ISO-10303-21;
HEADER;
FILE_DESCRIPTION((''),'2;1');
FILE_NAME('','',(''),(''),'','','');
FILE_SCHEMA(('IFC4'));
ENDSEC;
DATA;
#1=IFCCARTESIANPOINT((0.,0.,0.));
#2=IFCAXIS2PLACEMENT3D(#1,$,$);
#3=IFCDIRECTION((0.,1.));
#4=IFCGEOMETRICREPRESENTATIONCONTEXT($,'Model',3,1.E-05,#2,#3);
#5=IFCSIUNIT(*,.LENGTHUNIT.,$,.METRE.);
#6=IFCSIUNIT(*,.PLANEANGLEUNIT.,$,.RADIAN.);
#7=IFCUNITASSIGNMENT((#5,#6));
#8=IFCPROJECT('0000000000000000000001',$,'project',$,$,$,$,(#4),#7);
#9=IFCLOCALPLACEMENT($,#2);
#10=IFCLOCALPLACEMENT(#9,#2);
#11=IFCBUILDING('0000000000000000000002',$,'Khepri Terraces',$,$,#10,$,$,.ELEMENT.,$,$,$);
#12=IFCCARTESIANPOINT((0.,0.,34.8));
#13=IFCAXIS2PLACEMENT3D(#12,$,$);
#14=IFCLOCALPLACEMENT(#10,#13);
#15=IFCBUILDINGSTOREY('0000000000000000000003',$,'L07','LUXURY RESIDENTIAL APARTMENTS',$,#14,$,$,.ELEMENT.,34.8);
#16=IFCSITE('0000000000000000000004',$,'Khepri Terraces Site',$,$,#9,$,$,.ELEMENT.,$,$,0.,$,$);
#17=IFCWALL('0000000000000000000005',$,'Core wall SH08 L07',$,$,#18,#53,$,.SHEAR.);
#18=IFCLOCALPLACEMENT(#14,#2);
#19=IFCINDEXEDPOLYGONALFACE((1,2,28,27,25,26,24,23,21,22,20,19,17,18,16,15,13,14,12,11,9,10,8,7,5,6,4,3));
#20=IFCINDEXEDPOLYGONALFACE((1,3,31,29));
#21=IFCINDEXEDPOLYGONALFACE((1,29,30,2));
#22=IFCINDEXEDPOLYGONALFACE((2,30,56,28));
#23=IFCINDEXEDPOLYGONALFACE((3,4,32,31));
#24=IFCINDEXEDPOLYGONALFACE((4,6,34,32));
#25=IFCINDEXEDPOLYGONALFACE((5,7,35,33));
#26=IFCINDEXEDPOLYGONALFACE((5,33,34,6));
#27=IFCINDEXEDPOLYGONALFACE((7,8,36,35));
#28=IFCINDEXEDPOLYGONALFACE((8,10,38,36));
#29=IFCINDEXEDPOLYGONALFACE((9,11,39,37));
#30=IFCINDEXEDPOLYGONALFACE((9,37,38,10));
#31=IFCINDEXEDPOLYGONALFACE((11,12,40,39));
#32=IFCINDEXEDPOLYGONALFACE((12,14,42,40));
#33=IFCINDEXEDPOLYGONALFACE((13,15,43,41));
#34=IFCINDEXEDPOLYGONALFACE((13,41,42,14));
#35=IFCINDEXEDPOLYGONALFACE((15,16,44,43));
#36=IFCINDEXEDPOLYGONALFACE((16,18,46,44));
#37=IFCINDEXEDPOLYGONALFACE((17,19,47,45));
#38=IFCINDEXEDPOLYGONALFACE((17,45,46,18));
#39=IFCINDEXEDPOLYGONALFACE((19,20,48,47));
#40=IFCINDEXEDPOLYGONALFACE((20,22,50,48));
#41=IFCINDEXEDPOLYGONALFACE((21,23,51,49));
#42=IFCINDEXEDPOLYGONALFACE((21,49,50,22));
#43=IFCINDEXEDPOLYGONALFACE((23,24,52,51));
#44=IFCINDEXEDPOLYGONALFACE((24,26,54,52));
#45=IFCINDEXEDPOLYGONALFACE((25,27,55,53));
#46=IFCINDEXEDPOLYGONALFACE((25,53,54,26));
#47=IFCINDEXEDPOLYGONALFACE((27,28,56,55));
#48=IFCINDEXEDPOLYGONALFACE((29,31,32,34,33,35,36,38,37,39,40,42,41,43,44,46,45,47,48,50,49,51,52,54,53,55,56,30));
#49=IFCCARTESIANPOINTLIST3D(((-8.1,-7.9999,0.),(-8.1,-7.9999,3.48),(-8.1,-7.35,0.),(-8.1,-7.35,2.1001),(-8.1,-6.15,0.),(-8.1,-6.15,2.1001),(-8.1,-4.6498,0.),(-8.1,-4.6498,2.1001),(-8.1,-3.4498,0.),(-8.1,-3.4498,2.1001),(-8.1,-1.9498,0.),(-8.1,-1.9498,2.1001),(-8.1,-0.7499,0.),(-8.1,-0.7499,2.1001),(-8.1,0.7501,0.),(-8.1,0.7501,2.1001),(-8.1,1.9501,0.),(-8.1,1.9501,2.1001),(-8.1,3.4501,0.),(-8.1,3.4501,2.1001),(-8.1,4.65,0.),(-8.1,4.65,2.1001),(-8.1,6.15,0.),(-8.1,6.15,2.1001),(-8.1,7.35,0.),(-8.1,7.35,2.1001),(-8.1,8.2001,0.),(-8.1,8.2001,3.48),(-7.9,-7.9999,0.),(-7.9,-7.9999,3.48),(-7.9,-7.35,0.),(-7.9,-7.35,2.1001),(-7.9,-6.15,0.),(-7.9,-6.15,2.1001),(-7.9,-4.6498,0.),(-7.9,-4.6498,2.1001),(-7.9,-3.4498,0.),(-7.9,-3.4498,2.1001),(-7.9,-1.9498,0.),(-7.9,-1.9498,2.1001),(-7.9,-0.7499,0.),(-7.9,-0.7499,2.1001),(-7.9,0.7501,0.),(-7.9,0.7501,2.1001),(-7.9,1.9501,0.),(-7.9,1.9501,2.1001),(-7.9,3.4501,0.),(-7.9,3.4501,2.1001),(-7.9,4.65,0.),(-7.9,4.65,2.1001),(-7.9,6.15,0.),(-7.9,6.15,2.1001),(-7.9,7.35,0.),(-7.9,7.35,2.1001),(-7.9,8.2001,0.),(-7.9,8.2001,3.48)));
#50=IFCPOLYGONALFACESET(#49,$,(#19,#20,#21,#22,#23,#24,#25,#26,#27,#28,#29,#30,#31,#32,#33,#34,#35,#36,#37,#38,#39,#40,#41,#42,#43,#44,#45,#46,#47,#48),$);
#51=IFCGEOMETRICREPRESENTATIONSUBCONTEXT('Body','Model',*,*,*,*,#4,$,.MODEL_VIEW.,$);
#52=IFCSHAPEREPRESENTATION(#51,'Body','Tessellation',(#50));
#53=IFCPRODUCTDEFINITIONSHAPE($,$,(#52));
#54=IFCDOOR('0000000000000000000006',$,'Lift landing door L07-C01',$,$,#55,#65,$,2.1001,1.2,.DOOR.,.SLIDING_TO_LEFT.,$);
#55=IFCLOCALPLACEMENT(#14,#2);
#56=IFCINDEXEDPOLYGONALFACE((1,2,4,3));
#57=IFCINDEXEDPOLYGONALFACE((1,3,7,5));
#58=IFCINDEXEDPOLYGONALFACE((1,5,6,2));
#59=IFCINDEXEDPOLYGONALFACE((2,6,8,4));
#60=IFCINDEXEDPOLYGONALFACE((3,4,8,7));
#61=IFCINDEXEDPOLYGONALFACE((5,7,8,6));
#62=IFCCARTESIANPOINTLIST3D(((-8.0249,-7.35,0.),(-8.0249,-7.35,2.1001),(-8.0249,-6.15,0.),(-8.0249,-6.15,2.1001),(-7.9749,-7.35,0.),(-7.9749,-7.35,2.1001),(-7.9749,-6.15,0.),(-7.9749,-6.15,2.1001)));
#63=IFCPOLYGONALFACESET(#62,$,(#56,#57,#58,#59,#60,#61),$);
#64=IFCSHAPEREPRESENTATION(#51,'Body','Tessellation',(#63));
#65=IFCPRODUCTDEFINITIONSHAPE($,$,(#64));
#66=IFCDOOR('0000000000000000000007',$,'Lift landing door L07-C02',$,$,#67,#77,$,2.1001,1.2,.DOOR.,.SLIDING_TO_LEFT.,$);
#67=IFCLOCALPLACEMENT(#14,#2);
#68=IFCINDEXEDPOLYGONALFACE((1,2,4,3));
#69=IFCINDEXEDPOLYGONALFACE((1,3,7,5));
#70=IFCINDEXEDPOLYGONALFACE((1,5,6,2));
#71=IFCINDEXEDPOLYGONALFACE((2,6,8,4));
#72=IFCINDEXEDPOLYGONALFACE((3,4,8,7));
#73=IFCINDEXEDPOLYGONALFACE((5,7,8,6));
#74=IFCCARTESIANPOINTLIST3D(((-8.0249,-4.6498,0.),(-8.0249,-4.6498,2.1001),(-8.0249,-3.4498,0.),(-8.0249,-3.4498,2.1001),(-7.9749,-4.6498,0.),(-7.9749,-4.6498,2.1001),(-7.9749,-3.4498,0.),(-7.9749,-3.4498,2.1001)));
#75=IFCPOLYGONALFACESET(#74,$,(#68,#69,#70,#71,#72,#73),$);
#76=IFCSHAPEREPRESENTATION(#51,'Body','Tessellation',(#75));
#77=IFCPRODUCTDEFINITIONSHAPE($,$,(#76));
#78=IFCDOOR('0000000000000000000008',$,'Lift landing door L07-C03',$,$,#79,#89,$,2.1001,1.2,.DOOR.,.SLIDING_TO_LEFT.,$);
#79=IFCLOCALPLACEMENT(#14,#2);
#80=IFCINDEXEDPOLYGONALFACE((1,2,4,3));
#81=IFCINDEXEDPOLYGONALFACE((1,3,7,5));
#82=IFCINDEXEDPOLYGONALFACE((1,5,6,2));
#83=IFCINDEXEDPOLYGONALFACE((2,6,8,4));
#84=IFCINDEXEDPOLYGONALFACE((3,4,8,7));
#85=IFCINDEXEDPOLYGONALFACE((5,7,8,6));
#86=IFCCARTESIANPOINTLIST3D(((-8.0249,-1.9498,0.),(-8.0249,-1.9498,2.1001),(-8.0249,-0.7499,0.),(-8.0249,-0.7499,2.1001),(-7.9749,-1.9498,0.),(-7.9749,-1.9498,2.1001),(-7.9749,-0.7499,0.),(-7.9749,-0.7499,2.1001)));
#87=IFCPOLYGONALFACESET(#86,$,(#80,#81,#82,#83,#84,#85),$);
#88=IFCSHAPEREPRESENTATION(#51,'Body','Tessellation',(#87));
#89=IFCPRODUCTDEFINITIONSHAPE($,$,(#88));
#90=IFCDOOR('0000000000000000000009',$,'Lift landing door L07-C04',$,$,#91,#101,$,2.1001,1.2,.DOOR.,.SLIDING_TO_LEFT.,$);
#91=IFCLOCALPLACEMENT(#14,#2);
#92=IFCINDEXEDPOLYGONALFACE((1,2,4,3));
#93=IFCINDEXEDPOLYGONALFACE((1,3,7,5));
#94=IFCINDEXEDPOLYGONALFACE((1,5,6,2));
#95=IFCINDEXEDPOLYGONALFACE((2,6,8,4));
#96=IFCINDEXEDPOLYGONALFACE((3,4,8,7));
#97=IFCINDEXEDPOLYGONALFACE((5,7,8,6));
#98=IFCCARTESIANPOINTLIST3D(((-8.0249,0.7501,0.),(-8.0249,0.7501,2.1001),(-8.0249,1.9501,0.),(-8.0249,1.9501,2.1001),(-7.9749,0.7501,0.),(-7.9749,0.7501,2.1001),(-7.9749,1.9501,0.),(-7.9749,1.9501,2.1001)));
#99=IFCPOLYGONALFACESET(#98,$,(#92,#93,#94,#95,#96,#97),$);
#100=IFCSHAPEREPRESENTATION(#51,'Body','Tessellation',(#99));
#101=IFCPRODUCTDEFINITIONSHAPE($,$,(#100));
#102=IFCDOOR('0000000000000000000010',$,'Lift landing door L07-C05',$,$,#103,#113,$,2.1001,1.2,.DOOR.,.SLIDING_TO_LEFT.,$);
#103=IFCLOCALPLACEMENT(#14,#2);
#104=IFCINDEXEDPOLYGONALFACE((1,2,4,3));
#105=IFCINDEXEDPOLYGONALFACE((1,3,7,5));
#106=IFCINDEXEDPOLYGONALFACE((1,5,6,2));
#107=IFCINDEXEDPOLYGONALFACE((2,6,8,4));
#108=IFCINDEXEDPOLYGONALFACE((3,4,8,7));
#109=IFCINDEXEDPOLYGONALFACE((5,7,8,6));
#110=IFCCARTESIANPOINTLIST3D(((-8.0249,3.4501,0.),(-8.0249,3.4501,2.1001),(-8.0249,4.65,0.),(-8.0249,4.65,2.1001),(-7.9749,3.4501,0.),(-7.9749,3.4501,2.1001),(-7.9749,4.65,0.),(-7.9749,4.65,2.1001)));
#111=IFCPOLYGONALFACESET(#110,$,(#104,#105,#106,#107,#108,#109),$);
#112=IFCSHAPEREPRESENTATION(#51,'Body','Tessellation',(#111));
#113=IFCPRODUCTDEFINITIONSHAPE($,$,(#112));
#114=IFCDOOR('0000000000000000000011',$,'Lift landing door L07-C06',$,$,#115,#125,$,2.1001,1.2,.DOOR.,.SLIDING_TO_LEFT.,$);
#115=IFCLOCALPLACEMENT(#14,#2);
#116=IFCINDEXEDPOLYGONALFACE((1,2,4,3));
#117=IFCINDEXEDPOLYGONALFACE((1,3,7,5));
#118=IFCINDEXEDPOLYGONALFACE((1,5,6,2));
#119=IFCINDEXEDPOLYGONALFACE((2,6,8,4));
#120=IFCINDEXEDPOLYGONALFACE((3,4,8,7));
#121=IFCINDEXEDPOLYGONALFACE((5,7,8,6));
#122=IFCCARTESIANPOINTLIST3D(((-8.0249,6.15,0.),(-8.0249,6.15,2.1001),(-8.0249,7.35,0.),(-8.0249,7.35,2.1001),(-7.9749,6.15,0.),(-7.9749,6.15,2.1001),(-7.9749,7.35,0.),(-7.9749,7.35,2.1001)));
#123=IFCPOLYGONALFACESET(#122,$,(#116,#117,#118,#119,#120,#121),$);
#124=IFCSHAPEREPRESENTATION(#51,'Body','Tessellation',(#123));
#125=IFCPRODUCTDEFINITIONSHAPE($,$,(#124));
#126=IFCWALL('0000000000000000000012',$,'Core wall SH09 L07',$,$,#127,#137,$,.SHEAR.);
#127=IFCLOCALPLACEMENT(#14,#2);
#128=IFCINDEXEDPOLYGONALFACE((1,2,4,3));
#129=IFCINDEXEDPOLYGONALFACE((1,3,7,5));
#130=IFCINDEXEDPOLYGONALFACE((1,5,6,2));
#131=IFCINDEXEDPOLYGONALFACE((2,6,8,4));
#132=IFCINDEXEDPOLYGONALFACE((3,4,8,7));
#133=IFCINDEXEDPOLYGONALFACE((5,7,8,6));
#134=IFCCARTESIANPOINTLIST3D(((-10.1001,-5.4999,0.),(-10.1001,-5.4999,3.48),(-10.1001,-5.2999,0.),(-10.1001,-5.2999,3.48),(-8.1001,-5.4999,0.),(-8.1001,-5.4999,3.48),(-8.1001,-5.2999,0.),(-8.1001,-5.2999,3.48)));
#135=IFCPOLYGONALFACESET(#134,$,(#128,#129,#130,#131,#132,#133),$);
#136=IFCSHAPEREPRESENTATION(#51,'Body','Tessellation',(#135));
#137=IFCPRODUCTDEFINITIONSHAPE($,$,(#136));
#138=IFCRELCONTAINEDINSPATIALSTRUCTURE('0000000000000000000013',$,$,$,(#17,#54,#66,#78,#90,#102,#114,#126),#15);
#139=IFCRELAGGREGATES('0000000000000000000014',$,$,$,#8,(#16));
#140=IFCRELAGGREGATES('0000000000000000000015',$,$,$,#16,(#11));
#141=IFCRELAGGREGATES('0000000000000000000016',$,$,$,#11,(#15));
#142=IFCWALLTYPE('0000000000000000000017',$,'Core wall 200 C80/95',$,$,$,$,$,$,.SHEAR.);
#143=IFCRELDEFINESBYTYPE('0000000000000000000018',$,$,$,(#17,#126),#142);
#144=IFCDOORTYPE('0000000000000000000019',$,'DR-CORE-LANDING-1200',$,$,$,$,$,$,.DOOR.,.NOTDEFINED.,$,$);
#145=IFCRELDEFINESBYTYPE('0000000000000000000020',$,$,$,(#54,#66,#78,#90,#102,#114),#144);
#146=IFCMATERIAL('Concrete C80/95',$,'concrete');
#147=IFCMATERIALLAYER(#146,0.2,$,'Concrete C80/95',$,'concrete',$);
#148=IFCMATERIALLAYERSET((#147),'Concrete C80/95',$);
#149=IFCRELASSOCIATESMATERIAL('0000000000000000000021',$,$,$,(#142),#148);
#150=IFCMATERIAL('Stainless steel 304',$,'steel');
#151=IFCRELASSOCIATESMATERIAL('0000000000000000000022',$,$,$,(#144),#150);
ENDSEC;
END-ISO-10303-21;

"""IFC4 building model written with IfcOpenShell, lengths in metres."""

from ifc_helpers import new_model, si_unit, direction, frame, frame_2d, origin, place, context, subcontext, project, spatial, rectangle, extrude, material, layer, layer_set, type_object, element, fill, save


model = new_model("IFC4")

# Units and contexts
model_context = context("Model", 3, precision=1e-05, world=origin(), true_north=direction((0.0, 1.0)))
body_context = subcontext(model_context, "Body", "Model", "MODEL_VIEW")
ifc_project = project(units=[si_unit("LENGTHUNIT", "METRE"), si_unit("PLANEANGLEUNIT", "RADIAN")], contexts=[model_context])

# Site, building, storey
site_placement = place(None, origin())
site = spatial("IfcSite", under=ifc_project, at=site_placement, Name="Khepri Terraces Site", CompositionType="ELEMENT", RefElevation=0.0)
building_placement = place(site_placement, origin())
building = spatial("IfcBuilding", under=site, at=building_placement, Name="Khepri Terraces", CompositionType="ELEMENT")
storey_placement = place(building_placement, frame((0.0, 0.0, 34.8)))
storey = spatial("IfcBuildingStorey", under=building, at=storey_placement, Name="L07", Description="LUXURY RESIDENTIAL APARTMENTS", CompositionType="ELEMENT", Elevation=34.8)

# Shared definitions
ifc_material_1 = material(Name="Concrete C80/95", Category="concrete")
ifc_layer_1 = layer(ifc_material_1, 0.2, Name="Concrete C80/95", Category="concrete")
ifc_layer_set_1 = layer_set([ifc_layer_1], Name="Concrete C80/95")
wall_type_1 = type_object("IfcWallType", Name="Core wall 200 C80/95", PredefinedType="SHEAR", material=ifc_layer_set_1)

# Wall, openings, doors
wall_1_placement = place(storey_placement, frame((-8.0, -8.0, 0.0), z_axis=(0.0, 0.0, 1.0), x_axis=(0.0, 1.0, 0.0)))
wall_1 = element("IfcWall", 1, at=wall_1_placement, inside=storey, type_object=wall_type_1, Name="Core wall SH08 L07", PredefinedType="SHEAR", context=body_context, shape_type="SweptSolid", body=[
    extrude(rectangle(XDim=16.2, YDim=0.2, at=frame_2d((8.1001, 0.0))), origin(), (0.0, 0.0, 1.0), 3.48),
])
opening_1_placement = place(wall_1_placement, frame((0.6499, 0.0, 0.0)))
opening_1 = element("IfcOpeningElement", 2, at=opening_1_placement, cuts=wall_1, PredefinedType="OPENING", context=body_context, shape_type="SweptSolid", body=[
    extrude(rectangle(XDim=1.2, YDim=2.1001, at=frame_2d((0.6001, 1.05))), frame((0.0, 0.1099, 0.0), z_axis=(0.0, -1.0, 0.0), x_axis=(1.0, 0.0, 0.0)), (0.0, 0.0, 1.0), 0.22),
])
opening_2_placement = place(wall_1_placement, frame((3.3501, 0.0, 0.0)))
opening_2 = element("IfcOpeningElement", 3, at=opening_2_placement, cuts=wall_1, PredefinedType="OPENING", context=body_context, shape_type="SweptSolid", body=[
    extrude(rectangle(XDim=1.2, YDim=2.1001, at=frame_2d((0.6001, 1.05))), frame((0.0, 0.1099, 0.0), z_axis=(0.0, -1.0, 0.0), x_axis=(1.0, 0.0, 0.0)), (0.0, 0.0, 1.0), 0.22),
])
opening_3_placement = place(wall_1_placement, frame((6.05, 0.0, 0.0)))
opening_3 = element("IfcOpeningElement", 4, at=opening_3_placement, cuts=wall_1, PredefinedType="OPENING", context=body_context, shape_type="SweptSolid", body=[
    extrude(rectangle(XDim=1.2, YDim=2.1001, at=frame_2d((0.6001, 1.05))), frame((0.0, 0.1099, 0.0), z_axis=(0.0, -1.0, 0.0), x_axis=(1.0, 0.0, 0.0)), (0.0, 0.0, 1.0), 0.22),
])
opening_4_placement = place(wall_1_placement, frame((8.75, 0.0, 0.0)))
opening_4 = element("IfcOpeningElement", 5, at=opening_4_placement, cuts=wall_1, PredefinedType="OPENING", context=body_context, shape_type="SweptSolid", body=[
    extrude(rectangle(XDim=1.2, YDim=2.1001, at=frame_2d((0.6001, 1.05))), frame((0.0, 0.1099, 0.0), z_axis=(0.0, -1.0, 0.0), x_axis=(1.0, 0.0, 0.0)), (0.0, 0.0, 1.0), 0.22),
])
opening_5_placement = place(wall_1_placement, frame((11.45, 0.0, 0.0)))
opening_5 = element("IfcOpeningElement", 6, at=opening_5_placement, cuts=wall_1, PredefinedType="OPENING", context=body_context, shape_type="SweptSolid", body=[
    extrude(rectangle(XDim=1.2, YDim=2.1001, at=frame_2d((0.6001, 1.05))), frame((0.0, 0.1099, 0.0), z_axis=(0.0, -1.0, 0.0), x_axis=(1.0, 0.0, 0.0)), (0.0, 0.0, 1.0), 0.22),
])
opening_6_placement = place(wall_1_placement, frame((14.1499, 0.0, 0.0)))
opening_6 = element("IfcOpeningElement", 7, at=opening_6_placement, cuts=wall_1, PredefinedType="OPENING", context=body_context, shape_type="SweptSolid", body=[
    extrude(rectangle(XDim=1.2, YDim=2.1001, at=frame_2d((0.6001, 1.05))), frame((0.0, 0.1099, 0.0), z_axis=(0.0, -1.0, 0.0), x_axis=(1.0, 0.0, 0.0)), (0.0, 0.0, 1.0), 0.22),
])
ifc_material_2 = material(Name="Stainless steel 304", Category="steel")
door_type_1 = type_object("IfcDoorType", Name="DR-CORE-LANDING-1200", OperationType="NOTDEFINED", PredefinedType="DOOR", material=ifc_material_2)
door_1_placement = place(opening_1_placement, origin())
door_1 = element("IfcDoor", 8, at=door_1_placement, inside=storey, type_object=door_type_1, Name="Lift landing door L07-C01", OperationType="SLIDING_TO_LEFT", OverallHeight=2.1001, OverallWidth=1.2, PredefinedType="DOOR", context=body_context, shape_type="SweptSolid", body=[
    extrude(rectangle(XDim=1.2, YDim=2.1001, at=frame_2d((0.6001, 1.05))), frame((0.0, 0.0249, 0.0), z_axis=(0.0, -1.0, 0.0), x_axis=(1.0, 0.0, 0.0)), (0.0, 0.0, 1.0), 0.05),
])
fill(opening_1, door_1)
door_2_placement = place(opening_2_placement, origin())
door_2 = element("IfcDoor", 9, at=door_2_placement, inside=storey, type_object=door_type_1, Name="Lift landing door L07-C02", OperationType="SLIDING_TO_LEFT", OverallHeight=2.1001, OverallWidth=1.2, PredefinedType="DOOR", context=body_context, shape_type="SweptSolid", body=[
    extrude(rectangle(XDim=1.2, YDim=2.1001, at=frame_2d((0.6001, 1.05))), frame((0.0, 0.0249, 0.0), z_axis=(0.0, -1.0, 0.0), x_axis=(1.0, 0.0, 0.0)), (0.0, 0.0, 1.0), 0.05),
])
fill(opening_2, door_2)
door_3_placement = place(opening_3_placement, origin())
door_3 = element("IfcDoor", 10, at=door_3_placement, inside=storey, type_object=door_type_1, Name="Lift landing door L07-C03", OperationType="SLIDING_TO_LEFT", OverallHeight=2.1001, OverallWidth=1.2, PredefinedType="DOOR", context=body_context, shape_type="SweptSolid", body=[
    extrude(rectangle(XDim=1.2, YDim=2.1001, at=frame_2d((0.6001, 1.05))), frame((0.0, 0.0249, 0.0), z_axis=(0.0, -1.0, 0.0), x_axis=(1.0, 0.0, 0.0)), (0.0, 0.0, 1.0), 0.05),
])
fill(opening_3, door_3)
door_4_placement = place(opening_4_placement, origin())
door_4 = element("IfcDoor", 11, at=door_4_placement, inside=storey, type_object=door_type_1, Name="Lift landing door L07-C04", OperationType="SLIDING_TO_LEFT", OverallHeight=2.1001, OverallWidth=1.2, PredefinedType="DOOR", context=body_context, shape_type="SweptSolid", body=[
    extrude(rectangle(XDim=1.2, YDim=2.1001, at=frame_2d((0.6001, 1.05))), frame((0.0, 0.0249, 0.0), z_axis=(0.0, -1.0, 0.0), x_axis=(1.0, 0.0, 0.0)), (0.0, 0.0, 1.0), 0.05),
])
fill(opening_4, door_4)
door_5_placement = place(opening_5_placement, origin())
door_5 = element("IfcDoor", 12, at=door_5_placement, inside=storey, type_object=door_type_1, Name="Lift landing door L07-C05", OperationType="SLIDING_TO_LEFT", OverallHeight=2.1001, OverallWidth=1.2, PredefinedType="DOOR", context=body_context, shape_type="SweptSolid", body=[
    extrude(rectangle(XDim=1.2, YDim=2.1001, at=frame_2d((0.6001, 1.05))), frame((0.0, 0.0249, 0.0), z_axis=(0.0, -1.0, 0.0), x_axis=(1.0, 0.0, 0.0)), (0.0, 0.0, 1.0), 0.05),
])
fill(opening_5, door_5)
door_6_placement = place(opening_6_placement, origin())
door_6 = element("IfcDoor", 13, at=door_6_placement, inside=storey, type_object=door_type_1, Name="Lift landing door L07-C06", OperationType="SLIDING_TO_LEFT", OverallHeight=2.1001, OverallWidth=1.2, PredefinedType="DOOR", context=body_context, shape_type="SweptSolid", body=[
    extrude(rectangle(XDim=1.2, YDim=2.1001, at=frame_2d((0.6001, 1.05))), frame((0.0, 0.0249, 0.0), z_axis=(0.0, -1.0, 0.0), x_axis=(1.0, 0.0, 0.0)), (0.0, 0.0, 1.0), 0.05),
])
fill(opening_6, door_6)

# Wall
wall_2_placement = place(storey_placement, frame((-10.1001, -5.3999, 0.0), z_axis=(0.0, 0.0, 1.0), x_axis=(1.0, 0.0, 0.0)))
element("IfcWall", 14, at=wall_2_placement, inside=storey, type_object=wall_type_1, Name="Core wall SH09 L07", PredefinedType="SHEAR", context=body_context, shape_type="SweptSolid", body=[
    extrude(rectangle(XDim=2.0, YDim=0.2, at=frame_2d((1.0, 0.0))), origin(), (0.0, 0.0, 1.0), 3.48),
])

save(model, "model.ifc")
